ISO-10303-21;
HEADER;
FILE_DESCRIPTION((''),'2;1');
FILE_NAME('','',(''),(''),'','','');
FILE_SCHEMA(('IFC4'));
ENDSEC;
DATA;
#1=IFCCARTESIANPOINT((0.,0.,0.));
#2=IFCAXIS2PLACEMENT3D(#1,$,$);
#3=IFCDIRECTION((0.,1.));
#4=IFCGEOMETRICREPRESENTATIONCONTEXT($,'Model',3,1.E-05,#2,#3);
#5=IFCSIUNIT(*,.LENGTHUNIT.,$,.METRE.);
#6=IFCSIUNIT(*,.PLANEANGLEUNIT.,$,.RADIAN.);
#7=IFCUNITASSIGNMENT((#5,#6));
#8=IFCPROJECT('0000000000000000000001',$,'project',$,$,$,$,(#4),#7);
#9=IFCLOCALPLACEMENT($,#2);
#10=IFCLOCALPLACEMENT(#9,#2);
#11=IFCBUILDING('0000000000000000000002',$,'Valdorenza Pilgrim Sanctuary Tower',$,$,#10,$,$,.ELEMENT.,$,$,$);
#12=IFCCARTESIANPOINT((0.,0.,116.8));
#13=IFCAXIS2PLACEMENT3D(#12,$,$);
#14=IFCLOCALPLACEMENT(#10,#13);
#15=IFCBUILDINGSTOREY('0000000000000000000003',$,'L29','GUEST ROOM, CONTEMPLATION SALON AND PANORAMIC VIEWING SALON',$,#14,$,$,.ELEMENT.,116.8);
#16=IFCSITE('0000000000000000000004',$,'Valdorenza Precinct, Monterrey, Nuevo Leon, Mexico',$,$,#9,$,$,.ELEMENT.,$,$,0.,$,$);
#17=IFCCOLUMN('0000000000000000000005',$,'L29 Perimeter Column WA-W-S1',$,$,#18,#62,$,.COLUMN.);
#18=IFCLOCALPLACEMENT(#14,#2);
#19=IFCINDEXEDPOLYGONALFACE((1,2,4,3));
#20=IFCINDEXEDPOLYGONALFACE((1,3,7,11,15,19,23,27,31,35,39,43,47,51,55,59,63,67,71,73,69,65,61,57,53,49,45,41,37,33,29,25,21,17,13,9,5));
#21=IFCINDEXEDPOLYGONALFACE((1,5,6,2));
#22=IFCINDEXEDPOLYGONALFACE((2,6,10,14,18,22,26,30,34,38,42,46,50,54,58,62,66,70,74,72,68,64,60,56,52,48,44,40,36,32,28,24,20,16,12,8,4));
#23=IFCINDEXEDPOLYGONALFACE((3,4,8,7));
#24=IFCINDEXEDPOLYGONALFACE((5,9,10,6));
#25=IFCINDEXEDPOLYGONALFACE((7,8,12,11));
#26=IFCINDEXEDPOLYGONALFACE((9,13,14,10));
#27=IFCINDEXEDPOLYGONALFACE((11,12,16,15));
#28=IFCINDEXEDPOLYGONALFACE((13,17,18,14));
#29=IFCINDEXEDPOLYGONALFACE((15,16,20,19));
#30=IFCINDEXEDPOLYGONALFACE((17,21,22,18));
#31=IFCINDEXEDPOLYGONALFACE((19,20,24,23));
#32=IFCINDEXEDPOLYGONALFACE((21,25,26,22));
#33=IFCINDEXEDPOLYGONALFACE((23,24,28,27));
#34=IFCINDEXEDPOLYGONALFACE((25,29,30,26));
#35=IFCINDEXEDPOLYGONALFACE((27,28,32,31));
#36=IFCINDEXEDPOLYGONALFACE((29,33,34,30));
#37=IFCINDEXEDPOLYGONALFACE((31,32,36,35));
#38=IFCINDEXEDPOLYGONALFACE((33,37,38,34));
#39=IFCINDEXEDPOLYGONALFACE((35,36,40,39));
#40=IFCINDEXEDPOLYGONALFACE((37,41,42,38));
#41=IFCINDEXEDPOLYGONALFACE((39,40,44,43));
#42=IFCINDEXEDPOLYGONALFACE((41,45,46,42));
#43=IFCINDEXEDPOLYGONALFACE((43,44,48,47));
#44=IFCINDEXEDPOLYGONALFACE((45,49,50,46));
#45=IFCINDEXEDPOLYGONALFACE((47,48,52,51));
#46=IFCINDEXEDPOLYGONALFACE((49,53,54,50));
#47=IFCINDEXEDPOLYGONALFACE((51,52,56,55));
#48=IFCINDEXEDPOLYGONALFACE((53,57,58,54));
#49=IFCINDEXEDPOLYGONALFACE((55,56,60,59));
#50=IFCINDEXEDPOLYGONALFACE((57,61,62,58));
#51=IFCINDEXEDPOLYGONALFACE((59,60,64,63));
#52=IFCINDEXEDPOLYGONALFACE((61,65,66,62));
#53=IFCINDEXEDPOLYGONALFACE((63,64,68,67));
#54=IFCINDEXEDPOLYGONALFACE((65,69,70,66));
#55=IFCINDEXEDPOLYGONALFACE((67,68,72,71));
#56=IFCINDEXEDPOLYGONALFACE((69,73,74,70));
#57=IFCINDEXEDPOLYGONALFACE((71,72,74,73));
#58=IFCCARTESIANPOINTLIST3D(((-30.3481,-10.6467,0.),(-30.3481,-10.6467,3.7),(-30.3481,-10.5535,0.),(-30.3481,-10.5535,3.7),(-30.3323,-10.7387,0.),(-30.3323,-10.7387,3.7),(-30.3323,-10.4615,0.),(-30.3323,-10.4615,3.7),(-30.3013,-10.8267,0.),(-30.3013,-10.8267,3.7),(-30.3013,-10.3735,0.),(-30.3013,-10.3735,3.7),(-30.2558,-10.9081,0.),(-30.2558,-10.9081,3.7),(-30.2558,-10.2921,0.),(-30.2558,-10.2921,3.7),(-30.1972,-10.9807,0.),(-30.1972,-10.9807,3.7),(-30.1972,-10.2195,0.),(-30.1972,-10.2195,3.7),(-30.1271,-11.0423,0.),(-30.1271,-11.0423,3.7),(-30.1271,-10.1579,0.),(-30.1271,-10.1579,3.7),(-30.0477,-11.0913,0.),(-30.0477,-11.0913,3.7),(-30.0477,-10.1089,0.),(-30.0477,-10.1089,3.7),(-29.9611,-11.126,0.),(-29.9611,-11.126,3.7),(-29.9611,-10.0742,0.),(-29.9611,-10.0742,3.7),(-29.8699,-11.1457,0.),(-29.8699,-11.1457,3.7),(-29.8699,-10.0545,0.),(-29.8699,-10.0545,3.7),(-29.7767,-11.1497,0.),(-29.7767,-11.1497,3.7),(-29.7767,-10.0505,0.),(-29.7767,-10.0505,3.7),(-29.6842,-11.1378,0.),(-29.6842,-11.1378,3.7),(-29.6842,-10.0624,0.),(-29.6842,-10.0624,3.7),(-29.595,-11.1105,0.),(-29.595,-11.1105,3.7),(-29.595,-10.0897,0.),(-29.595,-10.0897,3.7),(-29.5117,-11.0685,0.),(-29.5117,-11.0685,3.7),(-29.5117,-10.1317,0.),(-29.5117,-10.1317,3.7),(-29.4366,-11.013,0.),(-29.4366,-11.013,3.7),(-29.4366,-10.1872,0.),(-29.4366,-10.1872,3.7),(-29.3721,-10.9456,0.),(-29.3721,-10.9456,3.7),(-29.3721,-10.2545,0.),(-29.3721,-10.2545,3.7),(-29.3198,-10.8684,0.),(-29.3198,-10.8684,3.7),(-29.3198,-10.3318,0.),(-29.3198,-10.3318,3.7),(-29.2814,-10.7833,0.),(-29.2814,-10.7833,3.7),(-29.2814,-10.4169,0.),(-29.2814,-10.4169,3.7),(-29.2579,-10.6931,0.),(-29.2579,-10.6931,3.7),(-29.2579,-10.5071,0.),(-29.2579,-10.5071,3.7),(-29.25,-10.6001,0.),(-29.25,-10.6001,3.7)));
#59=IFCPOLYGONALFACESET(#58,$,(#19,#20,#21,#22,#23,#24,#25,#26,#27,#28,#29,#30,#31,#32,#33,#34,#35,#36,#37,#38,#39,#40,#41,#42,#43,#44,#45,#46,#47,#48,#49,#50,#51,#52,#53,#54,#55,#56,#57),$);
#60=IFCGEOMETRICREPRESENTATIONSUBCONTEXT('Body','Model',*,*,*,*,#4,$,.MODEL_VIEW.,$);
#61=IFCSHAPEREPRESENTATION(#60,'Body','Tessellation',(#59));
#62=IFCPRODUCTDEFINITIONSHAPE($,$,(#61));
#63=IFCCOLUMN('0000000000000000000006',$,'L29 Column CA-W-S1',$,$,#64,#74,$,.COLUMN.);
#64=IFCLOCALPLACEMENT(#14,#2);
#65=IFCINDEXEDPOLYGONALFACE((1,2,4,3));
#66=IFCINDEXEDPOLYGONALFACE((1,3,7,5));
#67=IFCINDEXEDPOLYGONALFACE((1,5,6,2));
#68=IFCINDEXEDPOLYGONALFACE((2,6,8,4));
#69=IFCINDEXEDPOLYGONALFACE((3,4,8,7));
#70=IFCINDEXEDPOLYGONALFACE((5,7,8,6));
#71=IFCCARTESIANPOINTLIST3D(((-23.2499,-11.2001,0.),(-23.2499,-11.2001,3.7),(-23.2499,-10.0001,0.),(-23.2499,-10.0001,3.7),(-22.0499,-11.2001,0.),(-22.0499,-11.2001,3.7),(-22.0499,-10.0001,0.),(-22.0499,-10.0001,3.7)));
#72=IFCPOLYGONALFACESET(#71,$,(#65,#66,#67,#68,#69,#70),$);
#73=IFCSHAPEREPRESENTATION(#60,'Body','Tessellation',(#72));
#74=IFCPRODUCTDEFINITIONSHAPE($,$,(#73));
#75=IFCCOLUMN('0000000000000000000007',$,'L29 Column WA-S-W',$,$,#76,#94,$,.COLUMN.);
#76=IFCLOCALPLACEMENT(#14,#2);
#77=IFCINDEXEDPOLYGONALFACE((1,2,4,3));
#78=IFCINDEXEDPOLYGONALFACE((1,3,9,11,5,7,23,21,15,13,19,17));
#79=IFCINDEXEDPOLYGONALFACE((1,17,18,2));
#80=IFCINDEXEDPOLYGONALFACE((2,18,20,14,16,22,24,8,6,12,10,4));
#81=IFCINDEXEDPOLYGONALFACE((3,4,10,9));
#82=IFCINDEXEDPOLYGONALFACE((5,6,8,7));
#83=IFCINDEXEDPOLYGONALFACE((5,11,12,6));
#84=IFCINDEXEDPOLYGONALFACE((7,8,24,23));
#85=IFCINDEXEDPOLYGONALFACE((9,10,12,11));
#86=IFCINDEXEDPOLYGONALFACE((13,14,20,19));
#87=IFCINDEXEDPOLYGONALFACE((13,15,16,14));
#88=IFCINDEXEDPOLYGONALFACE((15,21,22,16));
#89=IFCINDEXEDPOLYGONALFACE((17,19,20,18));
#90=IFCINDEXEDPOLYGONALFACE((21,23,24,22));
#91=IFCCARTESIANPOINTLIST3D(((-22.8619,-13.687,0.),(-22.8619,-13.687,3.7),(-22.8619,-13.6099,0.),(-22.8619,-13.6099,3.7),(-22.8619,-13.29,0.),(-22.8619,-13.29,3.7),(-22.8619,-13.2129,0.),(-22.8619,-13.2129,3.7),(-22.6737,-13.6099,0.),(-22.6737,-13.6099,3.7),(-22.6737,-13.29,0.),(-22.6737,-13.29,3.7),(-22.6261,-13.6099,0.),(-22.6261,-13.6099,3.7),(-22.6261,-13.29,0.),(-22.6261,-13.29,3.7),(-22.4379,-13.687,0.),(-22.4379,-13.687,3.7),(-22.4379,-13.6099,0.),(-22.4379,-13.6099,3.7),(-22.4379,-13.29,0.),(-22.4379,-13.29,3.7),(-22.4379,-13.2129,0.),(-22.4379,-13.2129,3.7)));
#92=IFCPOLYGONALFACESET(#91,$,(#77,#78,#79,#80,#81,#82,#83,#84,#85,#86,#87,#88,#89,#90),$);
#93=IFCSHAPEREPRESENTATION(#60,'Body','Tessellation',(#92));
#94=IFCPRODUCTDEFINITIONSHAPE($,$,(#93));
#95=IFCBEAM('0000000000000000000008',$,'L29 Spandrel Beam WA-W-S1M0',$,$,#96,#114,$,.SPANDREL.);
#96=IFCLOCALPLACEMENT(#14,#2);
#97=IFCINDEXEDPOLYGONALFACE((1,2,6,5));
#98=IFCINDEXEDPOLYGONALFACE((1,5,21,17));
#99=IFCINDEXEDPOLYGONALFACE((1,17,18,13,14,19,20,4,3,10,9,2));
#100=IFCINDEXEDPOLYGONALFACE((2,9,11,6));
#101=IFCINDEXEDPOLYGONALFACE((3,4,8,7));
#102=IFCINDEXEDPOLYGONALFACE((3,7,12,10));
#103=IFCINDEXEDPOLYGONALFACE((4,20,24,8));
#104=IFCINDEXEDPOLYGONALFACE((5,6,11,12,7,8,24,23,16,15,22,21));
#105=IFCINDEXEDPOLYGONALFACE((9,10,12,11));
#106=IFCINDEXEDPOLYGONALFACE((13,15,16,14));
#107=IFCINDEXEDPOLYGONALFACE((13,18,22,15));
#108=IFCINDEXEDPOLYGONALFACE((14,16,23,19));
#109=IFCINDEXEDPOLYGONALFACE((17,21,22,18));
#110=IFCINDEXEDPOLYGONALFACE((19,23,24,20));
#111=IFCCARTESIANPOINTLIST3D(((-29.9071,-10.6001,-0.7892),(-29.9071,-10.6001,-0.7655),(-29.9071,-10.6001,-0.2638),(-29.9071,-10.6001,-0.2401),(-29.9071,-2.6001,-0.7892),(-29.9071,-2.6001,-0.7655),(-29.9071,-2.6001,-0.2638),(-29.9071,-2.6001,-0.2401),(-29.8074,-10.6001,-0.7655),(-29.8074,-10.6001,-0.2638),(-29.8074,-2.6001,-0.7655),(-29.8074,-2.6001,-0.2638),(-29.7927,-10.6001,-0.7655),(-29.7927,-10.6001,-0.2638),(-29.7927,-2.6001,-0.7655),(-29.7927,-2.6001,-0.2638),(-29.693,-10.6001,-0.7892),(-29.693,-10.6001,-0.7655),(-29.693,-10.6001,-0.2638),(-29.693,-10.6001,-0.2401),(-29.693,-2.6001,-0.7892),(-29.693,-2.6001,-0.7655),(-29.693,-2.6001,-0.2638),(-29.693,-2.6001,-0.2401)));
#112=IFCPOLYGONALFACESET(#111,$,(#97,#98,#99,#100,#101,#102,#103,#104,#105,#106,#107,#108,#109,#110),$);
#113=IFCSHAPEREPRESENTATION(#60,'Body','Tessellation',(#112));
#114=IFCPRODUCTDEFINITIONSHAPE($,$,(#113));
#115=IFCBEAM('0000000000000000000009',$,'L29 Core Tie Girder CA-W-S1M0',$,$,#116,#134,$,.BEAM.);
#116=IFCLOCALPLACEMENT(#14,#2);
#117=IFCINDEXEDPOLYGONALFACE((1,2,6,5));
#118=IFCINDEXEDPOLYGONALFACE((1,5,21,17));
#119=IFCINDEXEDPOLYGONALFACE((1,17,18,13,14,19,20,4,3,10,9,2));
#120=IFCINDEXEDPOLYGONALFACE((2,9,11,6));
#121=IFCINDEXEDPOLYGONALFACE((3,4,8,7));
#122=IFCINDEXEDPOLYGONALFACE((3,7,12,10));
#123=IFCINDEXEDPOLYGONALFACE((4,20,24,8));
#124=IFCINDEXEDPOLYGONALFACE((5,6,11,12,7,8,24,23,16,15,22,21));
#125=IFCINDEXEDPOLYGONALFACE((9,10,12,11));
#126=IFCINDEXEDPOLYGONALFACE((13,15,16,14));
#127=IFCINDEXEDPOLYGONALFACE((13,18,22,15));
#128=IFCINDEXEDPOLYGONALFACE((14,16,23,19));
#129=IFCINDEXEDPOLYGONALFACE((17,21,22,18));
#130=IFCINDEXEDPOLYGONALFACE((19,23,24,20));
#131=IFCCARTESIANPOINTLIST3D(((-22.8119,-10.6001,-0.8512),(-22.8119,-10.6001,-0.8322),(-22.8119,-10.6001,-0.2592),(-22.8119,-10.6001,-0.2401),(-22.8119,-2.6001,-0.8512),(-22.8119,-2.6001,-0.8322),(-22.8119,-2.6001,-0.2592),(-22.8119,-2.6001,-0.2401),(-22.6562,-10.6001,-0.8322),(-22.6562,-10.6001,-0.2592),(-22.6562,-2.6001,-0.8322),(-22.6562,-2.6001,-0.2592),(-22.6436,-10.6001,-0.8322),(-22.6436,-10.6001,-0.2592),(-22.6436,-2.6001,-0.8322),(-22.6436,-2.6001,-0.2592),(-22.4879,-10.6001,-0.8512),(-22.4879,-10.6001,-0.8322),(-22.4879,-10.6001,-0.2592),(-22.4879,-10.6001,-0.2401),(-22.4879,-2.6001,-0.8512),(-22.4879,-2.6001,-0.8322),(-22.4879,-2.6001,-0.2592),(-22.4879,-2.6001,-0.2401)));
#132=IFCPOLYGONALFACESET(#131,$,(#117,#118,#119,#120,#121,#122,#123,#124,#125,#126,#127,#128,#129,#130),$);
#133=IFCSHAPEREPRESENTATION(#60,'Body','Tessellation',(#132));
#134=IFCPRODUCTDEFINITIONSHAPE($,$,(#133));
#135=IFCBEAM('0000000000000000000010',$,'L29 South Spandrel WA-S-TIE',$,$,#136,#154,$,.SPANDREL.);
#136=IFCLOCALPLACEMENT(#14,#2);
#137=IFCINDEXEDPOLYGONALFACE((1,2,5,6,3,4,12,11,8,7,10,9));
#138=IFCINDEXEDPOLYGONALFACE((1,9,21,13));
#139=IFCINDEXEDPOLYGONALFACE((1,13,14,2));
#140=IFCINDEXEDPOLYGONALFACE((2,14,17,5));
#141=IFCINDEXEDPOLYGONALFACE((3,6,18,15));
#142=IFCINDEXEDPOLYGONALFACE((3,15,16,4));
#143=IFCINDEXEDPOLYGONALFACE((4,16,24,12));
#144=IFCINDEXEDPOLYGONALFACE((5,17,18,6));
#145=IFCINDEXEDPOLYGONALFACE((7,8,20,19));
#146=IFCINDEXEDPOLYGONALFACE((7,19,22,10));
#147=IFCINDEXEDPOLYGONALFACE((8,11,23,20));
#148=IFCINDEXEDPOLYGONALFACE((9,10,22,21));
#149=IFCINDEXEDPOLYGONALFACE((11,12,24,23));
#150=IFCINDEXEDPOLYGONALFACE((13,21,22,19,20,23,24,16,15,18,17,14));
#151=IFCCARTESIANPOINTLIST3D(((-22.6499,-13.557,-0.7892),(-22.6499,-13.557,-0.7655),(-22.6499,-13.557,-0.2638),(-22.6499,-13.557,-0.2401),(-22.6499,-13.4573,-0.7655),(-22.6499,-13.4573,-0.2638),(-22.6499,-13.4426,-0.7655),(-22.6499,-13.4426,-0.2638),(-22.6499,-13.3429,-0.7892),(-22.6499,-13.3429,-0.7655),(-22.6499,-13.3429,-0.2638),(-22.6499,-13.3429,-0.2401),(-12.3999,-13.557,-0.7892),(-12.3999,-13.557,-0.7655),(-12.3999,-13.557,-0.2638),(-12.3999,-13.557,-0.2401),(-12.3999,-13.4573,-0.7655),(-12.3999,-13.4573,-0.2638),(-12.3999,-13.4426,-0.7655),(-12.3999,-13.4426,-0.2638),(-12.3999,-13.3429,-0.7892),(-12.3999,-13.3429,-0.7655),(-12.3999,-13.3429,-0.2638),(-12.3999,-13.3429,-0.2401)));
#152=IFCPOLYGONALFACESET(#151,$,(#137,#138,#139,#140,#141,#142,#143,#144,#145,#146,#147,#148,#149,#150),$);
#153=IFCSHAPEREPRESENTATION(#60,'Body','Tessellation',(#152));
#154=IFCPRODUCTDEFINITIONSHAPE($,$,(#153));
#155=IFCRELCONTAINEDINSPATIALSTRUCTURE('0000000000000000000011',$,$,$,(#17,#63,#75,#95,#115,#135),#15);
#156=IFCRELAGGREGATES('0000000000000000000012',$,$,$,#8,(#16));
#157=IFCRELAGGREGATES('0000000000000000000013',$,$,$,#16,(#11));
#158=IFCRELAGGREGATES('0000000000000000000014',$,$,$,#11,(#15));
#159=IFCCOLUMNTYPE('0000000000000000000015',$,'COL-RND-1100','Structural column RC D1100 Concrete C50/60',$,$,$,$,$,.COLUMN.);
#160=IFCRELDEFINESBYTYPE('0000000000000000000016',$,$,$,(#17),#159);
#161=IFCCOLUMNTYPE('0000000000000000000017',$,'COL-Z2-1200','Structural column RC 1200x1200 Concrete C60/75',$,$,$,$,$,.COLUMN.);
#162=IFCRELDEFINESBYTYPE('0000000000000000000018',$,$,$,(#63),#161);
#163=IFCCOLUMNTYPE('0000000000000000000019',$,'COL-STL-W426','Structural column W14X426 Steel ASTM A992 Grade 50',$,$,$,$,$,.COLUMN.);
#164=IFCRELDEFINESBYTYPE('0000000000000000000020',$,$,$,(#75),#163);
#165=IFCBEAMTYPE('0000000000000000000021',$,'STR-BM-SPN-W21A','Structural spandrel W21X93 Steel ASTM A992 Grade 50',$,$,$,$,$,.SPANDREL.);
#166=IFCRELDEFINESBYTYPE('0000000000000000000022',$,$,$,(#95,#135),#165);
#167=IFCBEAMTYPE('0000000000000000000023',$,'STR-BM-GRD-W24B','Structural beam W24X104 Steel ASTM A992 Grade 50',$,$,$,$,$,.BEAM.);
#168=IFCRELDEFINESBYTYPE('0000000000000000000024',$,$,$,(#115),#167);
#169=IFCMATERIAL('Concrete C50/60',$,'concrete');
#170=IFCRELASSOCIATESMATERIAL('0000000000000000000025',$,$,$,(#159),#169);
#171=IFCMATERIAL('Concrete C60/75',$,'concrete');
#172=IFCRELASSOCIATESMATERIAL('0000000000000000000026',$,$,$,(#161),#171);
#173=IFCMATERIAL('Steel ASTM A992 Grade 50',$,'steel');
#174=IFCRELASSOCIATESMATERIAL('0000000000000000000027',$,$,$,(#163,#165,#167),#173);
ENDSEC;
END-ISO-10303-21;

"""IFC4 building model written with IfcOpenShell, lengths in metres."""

from ifc_helpers import new_model, si_unit, direction, frame, origin, origin_2d, place, context, subcontext, project, spatial, rectangle, circle, i_section, extrude, source, transform, mapped, material, material_profile, profile_set, type_object, element, save


model = new_model("IFC4")

# Units and contexts
model_context = context("Model", 3, precision=1e-05, world=origin(), true_north=direction((0.0, 1.0)))
body_context = subcontext(model_context, "Body", "Model", "MODEL_VIEW")
ifc_project = project(units=[si_unit("LENGTHUNIT", "METRE"), si_unit("PLANEANGLEUNIT", "RADIAN")], contexts=[model_context])

# Site, building, storey
site_placement = place(None, origin())
site = spatial("IfcSite", under=ifc_project, at=site_placement, Name="Valdorenza Precinct, Monterrey, Nuevo Leon, Mexico", CompositionType="ELEMENT", RefElevation=0.0)
building_placement = place(site_placement, origin())
building = spatial("IfcBuilding", under=site, at=building_placement, Name="Valdorenza Pilgrim Sanctuary Tower", CompositionType="ELEMENT")
storey_placement = place(building_placement, frame((0.0, 0.0, 116.8)))
storey = spatial("IfcBuildingStorey", under=building, at=storey_placement, Name="L29", Description="GUEST ROOM, CONTEMPLATION SALON AND PANORAMIC VIEWING SALON", CompositionType="ELEMENT", Elevation=116.8)

# Columns
ifc_material_1 = material(Name="Concrete C50/60", Category="concrete")
ifc_material_profile_1 = material_profile(ifc_material_1, circle(Radius=0.55, at=origin_2d()), Name="RC D1100")
ifc_profile_set_1 = profile_set([ifc_material_profile_1], Name="Concrete C50/60")
column_type_1 = type_object("IfcColumnType", Name="COL-RND-1100", Description="Structural column RC D1100 Concrete C50/60", PredefinedType="COLUMN", material=ifc_profile_set_1)
shared_shape_1 = source(origin(), body_context, "Body", "SweptSolid", [
    extrude(circle(Radius=0.55, at=origin_2d()), origin(), (0.0, 0.0, 1.0), 3.7),
])
column_1_placement = place(storey_placement, frame((-29.8, -10.6001, 0.0), z_axis=(0.0, 0.0, 1.0), x_axis=(1.0, 0.0, 0.0)))
element("IfcColumn", 1, at=column_1_placement, inside=storey, type_object=column_type_1, Name="L29 Perimeter Column WA-W-S1", PredefinedType="COLUMN", context=body_context, shape_type="MappedRepresentation", body=[
    mapped(shared_shape_1, transform((0.0, 0.0, 0.0), x_axis=(1.0, 0.0, 0.0), y_axis=(0.0, 1.0, 0.0), z_axis=(0.0, 0.0, 1.0), scale=1.0)),
])
ifc_material_2 = material(Name="Concrete C60/75", Category="concrete")
ifc_material_profile_2 = material_profile(ifc_material_2, rectangle(XDim=1.2, YDim=1.2, at=origin_2d()), Name="RC 1200x1200")
ifc_profile_set_2 = profile_set([ifc_material_profile_2], Name="Concrete C60/75")
column_type_2 = type_object("IfcColumnType", Name="COL-Z2-1200", Description="Structural column RC 1200x1200 Concrete C60/75", PredefinedType="COLUMN", material=ifc_profile_set_2)
shared_shape_2 = source(origin(), body_context, "Body", "SweptSolid", [
    extrude(rectangle(XDim=1.2, YDim=1.2, at=origin_2d()), origin(), (0.0, 0.0, 1.0), 3.7),
])
column_2_placement = place(storey_placement, frame((-22.6499, -10.6001, 0.0), z_axis=(0.0, 0.0, 1.0), x_axis=(1.0, 0.0, 0.0)))
element("IfcColumn", 2, at=column_2_placement, inside=storey, type_object=column_type_2, Name="L29 Column CA-W-S1", PredefinedType="COLUMN", context=body_context, shape_type="MappedRepresentation", body=[
    mapped(shared_shape_2, transform((0.0, 0.0, 0.0), x_axis=(1.0, 0.0, 0.0), y_axis=(0.0, 1.0, 0.0), z_axis=(0.0, 0.0, 1.0), scale=1.0)),
])
ifc_material_3 = material(Name="Steel ASTM A992 Grade 50", Category="steel")
ifc_material_profile_3 = material_profile(ifc_material_3, i_section(OverallWidth=0.4241, OverallDepth=0.4741, WebThickness=0.0476, FlangeThickness=0.0771, at=origin_2d()), Name="W14X426")
ifc_profile_set_3 = profile_set([ifc_material_profile_3], Name="Steel ASTM A992 Grade 50")
column_type_3 = type_object("IfcColumnType", Name="COL-STL-W426", Description="Structural column W14X426 Steel ASTM A992 Grade 50", PredefinedType="COLUMN", material=ifc_profile_set_3)
shared_shape_3 = source(origin(), body_context, "Body", "SweptSolid", [
    extrude(i_section(OverallWidth=0.4241, OverallDepth=0.4741, WebThickness=0.0476, FlangeThickness=0.0771, at=origin_2d()), origin(), (0.0, 0.0, 1.0), 3.7),
])
column_3_placement = place(storey_placement, frame((-22.6499, -13.45, 0.0), z_axis=(0.0, 0.0, 1.0), x_axis=(1.0, 0.0, 0.0)))
element("IfcColumn", 3, at=column_3_placement, inside=storey, type_object=column_type_3, Name="L29 Column WA-S-W", PredefinedType="COLUMN", context=body_context, shape_type="MappedRepresentation", body=[
    mapped(shared_shape_3, transform((0.0, 0.0, 0.0), x_axis=(1.0, 0.0, 0.0), y_axis=(0.0, 1.0, 0.0), z_axis=(0.0, 0.0, 1.0), scale=1.0)),
])

# Beams
ifc_material_profile_4 = material_profile(ifc_material_3, i_section(OverallWidth=0.2141, OverallDepth=0.5491, WebThickness=0.0146, FlangeThickness=0.0237, at=origin_2d()), Name="W21X93")
ifc_profile_set_4 = profile_set([ifc_material_profile_4], Name="Steel ASTM A992 Grade 50")
beam_type_1 = type_object("IfcBeamType", Name="STR-BM-SPN-W21A", Description="Structural spandrel W21X93 Steel ASTM A992 Grade 50", PredefinedType="SPANDREL", material=ifc_profile_set_4)
shared_shape_4 = source(origin(), body_context, "Body", "SweptSolid", [
    extrude(i_section(OverallWidth=0.2141, OverallDepth=0.5491, WebThickness=0.0146, FlangeThickness=0.0237, at=origin_2d()), origin(), (0.0, 0.0, 1.0), 8.0),
])
beam_1_placement = place(storey_placement, frame((-29.8, -10.6001, -0.5146), z_axis=(0.0, 1.0, 0.0), x_axis=(-1.0, 0.0, 0.0)))
element("IfcBeam", 4, at=beam_1_placement, inside=storey, type_object=beam_type_1, Name="L29 Spandrel Beam WA-W-S1M0", PredefinedType="SPANDREL", context=body_context, shape_type="MappedRepresentation", body=[
    mapped(shared_shape_4, transform((0.0, 0.0, 0.0), x_axis=(1.0, 0.0, 0.0), y_axis=(0.0, 1.0, 0.0), z_axis=(0.0, 0.0, 1.0), scale=1.0)),
])
ifc_material_profile_5 = material_profile(ifc_material_3, i_section(OverallWidth=0.324, OverallDepth=0.6111, WebThickness=0.0127, FlangeThickness=0.019, at=origin_2d()), Name="W24X104")
ifc_profile_set_5 = profile_set([ifc_material_profile_5], Name="Steel ASTM A992 Grade 50")
beam_type_2 = type_object("IfcBeamType", Name="STR-BM-GRD-W24B", Description="Structural beam W24X104 Steel ASTM A992 Grade 50", PredefinedType="BEAM", material=ifc_profile_set_5)
shared_shape_5 = source(origin(), body_context, "Body", "SweptSolid", [
    extrude(i_section(OverallWidth=0.324, OverallDepth=0.6111, WebThickness=0.0127, FlangeThickness=0.019, at=origin_2d()), origin(), (0.0, 0.0, 1.0), 8.0),
])
beam_2_placement = place(storey_placement, frame((-22.6499, -10.6001, -0.5457), z_axis=(0.0, 1.0, 0.0), x_axis=(-1.0, 0.0, 0.0)))
element("IfcBeam", 5, at=beam_2_placement, inside=storey, type_object=beam_type_2, Name="L29 Core Tie Girder CA-W-S1M0", PredefinedType="BEAM", context=body_context, shape_type="MappedRepresentation", body=[
    mapped(shared_shape_5, transform((0.0, 0.0, 0.0), x_axis=(1.0, 0.0, 0.0), y_axis=(0.0, 1.0, 0.0), z_axis=(0.0, 0.0, 1.0), scale=1.0)),
])
shared_shape_6 = source(origin(), body_context, "Body", "SweptSolid", [
    extrude(i_section(OverallWidth=0.2141, OverallDepth=0.5491, WebThickness=0.0146, FlangeThickness=0.0237, at=origin_2d()), origin(), (0.0, 0.0, 1.0), 10.25),
])
beam_3_placement = place(storey_placement, frame((-22.6499, -13.45, -0.5146), z_axis=(1.0, 0.0, 0.0), x_axis=(0.0, 1.0, 0.0)))
element("IfcBeam", 6, at=beam_3_placement, inside=storey, type_object=beam_type_1, Name="L29 South Spandrel WA-S-TIE", PredefinedType="SPANDREL", context=body_context, shape_type="MappedRepresentation", body=[
    mapped(shared_shape_6, transform((0.0, 0.0, 0.0), x_axis=(1.0, 0.0, 0.0), y_axis=(0.0, 1.0, 0.0), z_axis=(0.0, 0.0, 1.0), scale=1.0)),
])

save(model, "model.ifc")
